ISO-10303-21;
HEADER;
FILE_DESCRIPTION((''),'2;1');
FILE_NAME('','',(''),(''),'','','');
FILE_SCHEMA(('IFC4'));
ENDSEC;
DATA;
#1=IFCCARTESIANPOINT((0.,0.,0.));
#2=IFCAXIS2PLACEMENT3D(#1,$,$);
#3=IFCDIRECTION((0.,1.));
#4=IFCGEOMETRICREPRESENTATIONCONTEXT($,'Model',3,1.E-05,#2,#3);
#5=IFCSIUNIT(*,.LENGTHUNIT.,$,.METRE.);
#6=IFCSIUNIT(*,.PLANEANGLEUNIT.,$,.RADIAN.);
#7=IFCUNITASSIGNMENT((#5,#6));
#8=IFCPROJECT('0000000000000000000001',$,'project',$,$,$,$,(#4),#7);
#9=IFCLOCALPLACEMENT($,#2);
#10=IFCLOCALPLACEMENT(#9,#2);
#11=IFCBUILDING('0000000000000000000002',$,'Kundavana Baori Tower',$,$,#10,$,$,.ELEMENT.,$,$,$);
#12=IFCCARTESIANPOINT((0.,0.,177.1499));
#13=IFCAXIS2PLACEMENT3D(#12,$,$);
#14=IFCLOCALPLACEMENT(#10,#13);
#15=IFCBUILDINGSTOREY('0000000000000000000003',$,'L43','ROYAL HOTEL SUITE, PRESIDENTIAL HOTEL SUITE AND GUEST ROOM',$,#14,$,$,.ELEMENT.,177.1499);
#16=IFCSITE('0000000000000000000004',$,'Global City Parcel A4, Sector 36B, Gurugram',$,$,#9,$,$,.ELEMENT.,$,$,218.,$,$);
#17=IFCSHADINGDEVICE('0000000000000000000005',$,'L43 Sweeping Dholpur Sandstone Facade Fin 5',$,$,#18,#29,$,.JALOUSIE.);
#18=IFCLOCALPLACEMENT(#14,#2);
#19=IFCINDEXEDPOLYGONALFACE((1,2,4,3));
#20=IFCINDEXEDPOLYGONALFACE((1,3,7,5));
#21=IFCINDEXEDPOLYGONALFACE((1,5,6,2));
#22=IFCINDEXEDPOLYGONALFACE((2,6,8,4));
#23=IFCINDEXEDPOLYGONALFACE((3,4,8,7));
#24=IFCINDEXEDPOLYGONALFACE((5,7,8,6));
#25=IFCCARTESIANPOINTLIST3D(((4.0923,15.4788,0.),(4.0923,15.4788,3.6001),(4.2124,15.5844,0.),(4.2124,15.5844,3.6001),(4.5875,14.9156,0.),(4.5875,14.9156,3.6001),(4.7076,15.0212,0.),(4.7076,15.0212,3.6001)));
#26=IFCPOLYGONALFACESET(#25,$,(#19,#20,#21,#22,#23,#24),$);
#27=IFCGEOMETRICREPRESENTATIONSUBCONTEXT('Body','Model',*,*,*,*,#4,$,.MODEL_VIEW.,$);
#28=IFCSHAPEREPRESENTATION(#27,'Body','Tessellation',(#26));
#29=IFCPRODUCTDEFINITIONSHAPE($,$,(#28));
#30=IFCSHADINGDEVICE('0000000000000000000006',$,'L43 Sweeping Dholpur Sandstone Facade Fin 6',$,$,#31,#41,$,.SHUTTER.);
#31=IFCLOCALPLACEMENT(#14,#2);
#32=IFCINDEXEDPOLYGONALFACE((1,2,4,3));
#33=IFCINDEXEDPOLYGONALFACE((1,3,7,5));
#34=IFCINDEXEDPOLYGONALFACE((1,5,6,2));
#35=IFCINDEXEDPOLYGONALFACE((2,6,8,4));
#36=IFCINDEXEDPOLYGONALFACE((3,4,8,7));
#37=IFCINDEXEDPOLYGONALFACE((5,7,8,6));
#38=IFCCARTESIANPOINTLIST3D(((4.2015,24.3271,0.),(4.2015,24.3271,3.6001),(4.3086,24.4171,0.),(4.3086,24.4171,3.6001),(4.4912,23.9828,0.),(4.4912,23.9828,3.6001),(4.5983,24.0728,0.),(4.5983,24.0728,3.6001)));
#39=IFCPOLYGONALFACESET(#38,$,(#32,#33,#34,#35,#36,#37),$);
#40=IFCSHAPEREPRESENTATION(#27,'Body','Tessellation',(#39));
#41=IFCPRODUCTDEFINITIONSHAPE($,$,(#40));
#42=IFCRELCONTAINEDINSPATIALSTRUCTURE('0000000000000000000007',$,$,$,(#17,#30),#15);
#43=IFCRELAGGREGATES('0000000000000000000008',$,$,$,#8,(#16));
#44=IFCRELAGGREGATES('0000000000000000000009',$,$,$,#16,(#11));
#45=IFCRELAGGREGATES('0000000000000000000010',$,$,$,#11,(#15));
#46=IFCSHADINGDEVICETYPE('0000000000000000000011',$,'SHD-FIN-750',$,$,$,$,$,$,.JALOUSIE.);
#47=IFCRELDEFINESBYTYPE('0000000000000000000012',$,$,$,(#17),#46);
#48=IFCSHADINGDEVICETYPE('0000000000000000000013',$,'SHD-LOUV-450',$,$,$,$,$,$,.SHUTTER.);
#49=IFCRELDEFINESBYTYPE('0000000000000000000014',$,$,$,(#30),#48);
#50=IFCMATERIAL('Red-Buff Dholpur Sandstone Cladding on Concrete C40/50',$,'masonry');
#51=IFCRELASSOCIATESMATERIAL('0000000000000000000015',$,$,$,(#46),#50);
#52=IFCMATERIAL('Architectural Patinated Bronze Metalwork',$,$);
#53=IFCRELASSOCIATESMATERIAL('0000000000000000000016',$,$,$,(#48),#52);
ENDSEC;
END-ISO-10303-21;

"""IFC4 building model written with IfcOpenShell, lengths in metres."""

from ifc_helpers import new_model, si_unit, direction, frame, origin, origin_2d, place, context, subcontext, project, spatial, rectangle, extrude, material, type_object, element, save


model = new_model("IFC4")

# Units and contexts
model_context = context("Model", 3, precision=1e-05, world=origin(), true_north=direction((0.0, 1.0)))
body_context = subcontext(model_context, "Body", "Model", "MODEL_VIEW")
ifc_project = project(units=[si_unit("LENGTHUNIT", "METRE"), si_unit("PLANEANGLEUNIT", "RADIAN")], contexts=[model_context])

# Site, building, storey
site_placement = place(None, origin())
site = spatial("IfcSite", under=ifc_project, at=site_placement, Name="Global City Parcel A4, Sector 36B, Gurugram", CompositionType="ELEMENT", RefElevation=218.0)
building_placement = place(site_placement, origin())
building = spatial("IfcBuilding", under=site, at=building_placement, Name="Kundavana Baori Tower", CompositionType="ELEMENT")
storey_placement = place(building_placement, frame((0.0, 0.0, 177.1499)))
storey = spatial("IfcBuildingStorey", under=building, at=storey_placement, Name="L43", Description="ROYAL HOTEL SUITE, PRESIDENTIAL HOTEL SUITE AND GUEST ROOM", CompositionType="ELEMENT", Elevation=177.1499)

# Shading devices
ifc_material_1 = material(Name="Red-Buff Dholpur Sandstone Cladding on Concrete C40/50", Category="masonry")
shading_device_type_1 = type_object("IfcShadingDeviceType", Name="SHD-FIN-750", PredefinedType="JALOUSIE", material=ifc_material_1)
shading_device_1_placement = place(storey_placement, frame((4.3999, 15.25, 0.0), z_axis=(0.0, 0.0, 1.0), x_axis=(0.751034, 0.660264, 0.0)))
element("IfcShadingDevice", 1, at=shading_device_1_placement, inside=storey, type_object=shading_device_type_1, Name="L43 Sweeping Dholpur Sandstone Facade Fin 5", PredefinedType="JALOUSIE", context=body_context, shape_type="SweptSolid", body=[
    extrude(rectangle(XDim=0.1599, YDim=0.75, at=origin_2d()), origin(), (0.0, 0.0, 1.0), 3.6001),
])
ifc_material_2 = material(Name="Architectural Patinated Bronze Metalwork")
shading_device_type_2 = type_object("IfcShadingDeviceType", Name="SHD-LOUV-450", PredefinedType="SHUTTER", material=ifc_material_2)
shading_device_2_placement = place(storey_placement, frame((4.3999, 24.2, 0.0), z_axis=(0.0, 0.0, 1.0), x_axis=(0.765146, 0.643857, 0.0)))
element("IfcShadingDevice", 2, at=shading_device_2_placement, inside=storey, type_object=shading_device_type_2, Name="L43 Sweeping Dholpur Sandstone Facade Fin 6", PredefinedType="SHUTTER", context=body_context, shape_type="SweptSolid", body=[
    extrude(rectangle(XDim=0.1399, YDim=0.45, at=origin_2d()), origin(), (0.0, 0.0, 1.0), 3.6001),
])

save(model, "model.ifc")
